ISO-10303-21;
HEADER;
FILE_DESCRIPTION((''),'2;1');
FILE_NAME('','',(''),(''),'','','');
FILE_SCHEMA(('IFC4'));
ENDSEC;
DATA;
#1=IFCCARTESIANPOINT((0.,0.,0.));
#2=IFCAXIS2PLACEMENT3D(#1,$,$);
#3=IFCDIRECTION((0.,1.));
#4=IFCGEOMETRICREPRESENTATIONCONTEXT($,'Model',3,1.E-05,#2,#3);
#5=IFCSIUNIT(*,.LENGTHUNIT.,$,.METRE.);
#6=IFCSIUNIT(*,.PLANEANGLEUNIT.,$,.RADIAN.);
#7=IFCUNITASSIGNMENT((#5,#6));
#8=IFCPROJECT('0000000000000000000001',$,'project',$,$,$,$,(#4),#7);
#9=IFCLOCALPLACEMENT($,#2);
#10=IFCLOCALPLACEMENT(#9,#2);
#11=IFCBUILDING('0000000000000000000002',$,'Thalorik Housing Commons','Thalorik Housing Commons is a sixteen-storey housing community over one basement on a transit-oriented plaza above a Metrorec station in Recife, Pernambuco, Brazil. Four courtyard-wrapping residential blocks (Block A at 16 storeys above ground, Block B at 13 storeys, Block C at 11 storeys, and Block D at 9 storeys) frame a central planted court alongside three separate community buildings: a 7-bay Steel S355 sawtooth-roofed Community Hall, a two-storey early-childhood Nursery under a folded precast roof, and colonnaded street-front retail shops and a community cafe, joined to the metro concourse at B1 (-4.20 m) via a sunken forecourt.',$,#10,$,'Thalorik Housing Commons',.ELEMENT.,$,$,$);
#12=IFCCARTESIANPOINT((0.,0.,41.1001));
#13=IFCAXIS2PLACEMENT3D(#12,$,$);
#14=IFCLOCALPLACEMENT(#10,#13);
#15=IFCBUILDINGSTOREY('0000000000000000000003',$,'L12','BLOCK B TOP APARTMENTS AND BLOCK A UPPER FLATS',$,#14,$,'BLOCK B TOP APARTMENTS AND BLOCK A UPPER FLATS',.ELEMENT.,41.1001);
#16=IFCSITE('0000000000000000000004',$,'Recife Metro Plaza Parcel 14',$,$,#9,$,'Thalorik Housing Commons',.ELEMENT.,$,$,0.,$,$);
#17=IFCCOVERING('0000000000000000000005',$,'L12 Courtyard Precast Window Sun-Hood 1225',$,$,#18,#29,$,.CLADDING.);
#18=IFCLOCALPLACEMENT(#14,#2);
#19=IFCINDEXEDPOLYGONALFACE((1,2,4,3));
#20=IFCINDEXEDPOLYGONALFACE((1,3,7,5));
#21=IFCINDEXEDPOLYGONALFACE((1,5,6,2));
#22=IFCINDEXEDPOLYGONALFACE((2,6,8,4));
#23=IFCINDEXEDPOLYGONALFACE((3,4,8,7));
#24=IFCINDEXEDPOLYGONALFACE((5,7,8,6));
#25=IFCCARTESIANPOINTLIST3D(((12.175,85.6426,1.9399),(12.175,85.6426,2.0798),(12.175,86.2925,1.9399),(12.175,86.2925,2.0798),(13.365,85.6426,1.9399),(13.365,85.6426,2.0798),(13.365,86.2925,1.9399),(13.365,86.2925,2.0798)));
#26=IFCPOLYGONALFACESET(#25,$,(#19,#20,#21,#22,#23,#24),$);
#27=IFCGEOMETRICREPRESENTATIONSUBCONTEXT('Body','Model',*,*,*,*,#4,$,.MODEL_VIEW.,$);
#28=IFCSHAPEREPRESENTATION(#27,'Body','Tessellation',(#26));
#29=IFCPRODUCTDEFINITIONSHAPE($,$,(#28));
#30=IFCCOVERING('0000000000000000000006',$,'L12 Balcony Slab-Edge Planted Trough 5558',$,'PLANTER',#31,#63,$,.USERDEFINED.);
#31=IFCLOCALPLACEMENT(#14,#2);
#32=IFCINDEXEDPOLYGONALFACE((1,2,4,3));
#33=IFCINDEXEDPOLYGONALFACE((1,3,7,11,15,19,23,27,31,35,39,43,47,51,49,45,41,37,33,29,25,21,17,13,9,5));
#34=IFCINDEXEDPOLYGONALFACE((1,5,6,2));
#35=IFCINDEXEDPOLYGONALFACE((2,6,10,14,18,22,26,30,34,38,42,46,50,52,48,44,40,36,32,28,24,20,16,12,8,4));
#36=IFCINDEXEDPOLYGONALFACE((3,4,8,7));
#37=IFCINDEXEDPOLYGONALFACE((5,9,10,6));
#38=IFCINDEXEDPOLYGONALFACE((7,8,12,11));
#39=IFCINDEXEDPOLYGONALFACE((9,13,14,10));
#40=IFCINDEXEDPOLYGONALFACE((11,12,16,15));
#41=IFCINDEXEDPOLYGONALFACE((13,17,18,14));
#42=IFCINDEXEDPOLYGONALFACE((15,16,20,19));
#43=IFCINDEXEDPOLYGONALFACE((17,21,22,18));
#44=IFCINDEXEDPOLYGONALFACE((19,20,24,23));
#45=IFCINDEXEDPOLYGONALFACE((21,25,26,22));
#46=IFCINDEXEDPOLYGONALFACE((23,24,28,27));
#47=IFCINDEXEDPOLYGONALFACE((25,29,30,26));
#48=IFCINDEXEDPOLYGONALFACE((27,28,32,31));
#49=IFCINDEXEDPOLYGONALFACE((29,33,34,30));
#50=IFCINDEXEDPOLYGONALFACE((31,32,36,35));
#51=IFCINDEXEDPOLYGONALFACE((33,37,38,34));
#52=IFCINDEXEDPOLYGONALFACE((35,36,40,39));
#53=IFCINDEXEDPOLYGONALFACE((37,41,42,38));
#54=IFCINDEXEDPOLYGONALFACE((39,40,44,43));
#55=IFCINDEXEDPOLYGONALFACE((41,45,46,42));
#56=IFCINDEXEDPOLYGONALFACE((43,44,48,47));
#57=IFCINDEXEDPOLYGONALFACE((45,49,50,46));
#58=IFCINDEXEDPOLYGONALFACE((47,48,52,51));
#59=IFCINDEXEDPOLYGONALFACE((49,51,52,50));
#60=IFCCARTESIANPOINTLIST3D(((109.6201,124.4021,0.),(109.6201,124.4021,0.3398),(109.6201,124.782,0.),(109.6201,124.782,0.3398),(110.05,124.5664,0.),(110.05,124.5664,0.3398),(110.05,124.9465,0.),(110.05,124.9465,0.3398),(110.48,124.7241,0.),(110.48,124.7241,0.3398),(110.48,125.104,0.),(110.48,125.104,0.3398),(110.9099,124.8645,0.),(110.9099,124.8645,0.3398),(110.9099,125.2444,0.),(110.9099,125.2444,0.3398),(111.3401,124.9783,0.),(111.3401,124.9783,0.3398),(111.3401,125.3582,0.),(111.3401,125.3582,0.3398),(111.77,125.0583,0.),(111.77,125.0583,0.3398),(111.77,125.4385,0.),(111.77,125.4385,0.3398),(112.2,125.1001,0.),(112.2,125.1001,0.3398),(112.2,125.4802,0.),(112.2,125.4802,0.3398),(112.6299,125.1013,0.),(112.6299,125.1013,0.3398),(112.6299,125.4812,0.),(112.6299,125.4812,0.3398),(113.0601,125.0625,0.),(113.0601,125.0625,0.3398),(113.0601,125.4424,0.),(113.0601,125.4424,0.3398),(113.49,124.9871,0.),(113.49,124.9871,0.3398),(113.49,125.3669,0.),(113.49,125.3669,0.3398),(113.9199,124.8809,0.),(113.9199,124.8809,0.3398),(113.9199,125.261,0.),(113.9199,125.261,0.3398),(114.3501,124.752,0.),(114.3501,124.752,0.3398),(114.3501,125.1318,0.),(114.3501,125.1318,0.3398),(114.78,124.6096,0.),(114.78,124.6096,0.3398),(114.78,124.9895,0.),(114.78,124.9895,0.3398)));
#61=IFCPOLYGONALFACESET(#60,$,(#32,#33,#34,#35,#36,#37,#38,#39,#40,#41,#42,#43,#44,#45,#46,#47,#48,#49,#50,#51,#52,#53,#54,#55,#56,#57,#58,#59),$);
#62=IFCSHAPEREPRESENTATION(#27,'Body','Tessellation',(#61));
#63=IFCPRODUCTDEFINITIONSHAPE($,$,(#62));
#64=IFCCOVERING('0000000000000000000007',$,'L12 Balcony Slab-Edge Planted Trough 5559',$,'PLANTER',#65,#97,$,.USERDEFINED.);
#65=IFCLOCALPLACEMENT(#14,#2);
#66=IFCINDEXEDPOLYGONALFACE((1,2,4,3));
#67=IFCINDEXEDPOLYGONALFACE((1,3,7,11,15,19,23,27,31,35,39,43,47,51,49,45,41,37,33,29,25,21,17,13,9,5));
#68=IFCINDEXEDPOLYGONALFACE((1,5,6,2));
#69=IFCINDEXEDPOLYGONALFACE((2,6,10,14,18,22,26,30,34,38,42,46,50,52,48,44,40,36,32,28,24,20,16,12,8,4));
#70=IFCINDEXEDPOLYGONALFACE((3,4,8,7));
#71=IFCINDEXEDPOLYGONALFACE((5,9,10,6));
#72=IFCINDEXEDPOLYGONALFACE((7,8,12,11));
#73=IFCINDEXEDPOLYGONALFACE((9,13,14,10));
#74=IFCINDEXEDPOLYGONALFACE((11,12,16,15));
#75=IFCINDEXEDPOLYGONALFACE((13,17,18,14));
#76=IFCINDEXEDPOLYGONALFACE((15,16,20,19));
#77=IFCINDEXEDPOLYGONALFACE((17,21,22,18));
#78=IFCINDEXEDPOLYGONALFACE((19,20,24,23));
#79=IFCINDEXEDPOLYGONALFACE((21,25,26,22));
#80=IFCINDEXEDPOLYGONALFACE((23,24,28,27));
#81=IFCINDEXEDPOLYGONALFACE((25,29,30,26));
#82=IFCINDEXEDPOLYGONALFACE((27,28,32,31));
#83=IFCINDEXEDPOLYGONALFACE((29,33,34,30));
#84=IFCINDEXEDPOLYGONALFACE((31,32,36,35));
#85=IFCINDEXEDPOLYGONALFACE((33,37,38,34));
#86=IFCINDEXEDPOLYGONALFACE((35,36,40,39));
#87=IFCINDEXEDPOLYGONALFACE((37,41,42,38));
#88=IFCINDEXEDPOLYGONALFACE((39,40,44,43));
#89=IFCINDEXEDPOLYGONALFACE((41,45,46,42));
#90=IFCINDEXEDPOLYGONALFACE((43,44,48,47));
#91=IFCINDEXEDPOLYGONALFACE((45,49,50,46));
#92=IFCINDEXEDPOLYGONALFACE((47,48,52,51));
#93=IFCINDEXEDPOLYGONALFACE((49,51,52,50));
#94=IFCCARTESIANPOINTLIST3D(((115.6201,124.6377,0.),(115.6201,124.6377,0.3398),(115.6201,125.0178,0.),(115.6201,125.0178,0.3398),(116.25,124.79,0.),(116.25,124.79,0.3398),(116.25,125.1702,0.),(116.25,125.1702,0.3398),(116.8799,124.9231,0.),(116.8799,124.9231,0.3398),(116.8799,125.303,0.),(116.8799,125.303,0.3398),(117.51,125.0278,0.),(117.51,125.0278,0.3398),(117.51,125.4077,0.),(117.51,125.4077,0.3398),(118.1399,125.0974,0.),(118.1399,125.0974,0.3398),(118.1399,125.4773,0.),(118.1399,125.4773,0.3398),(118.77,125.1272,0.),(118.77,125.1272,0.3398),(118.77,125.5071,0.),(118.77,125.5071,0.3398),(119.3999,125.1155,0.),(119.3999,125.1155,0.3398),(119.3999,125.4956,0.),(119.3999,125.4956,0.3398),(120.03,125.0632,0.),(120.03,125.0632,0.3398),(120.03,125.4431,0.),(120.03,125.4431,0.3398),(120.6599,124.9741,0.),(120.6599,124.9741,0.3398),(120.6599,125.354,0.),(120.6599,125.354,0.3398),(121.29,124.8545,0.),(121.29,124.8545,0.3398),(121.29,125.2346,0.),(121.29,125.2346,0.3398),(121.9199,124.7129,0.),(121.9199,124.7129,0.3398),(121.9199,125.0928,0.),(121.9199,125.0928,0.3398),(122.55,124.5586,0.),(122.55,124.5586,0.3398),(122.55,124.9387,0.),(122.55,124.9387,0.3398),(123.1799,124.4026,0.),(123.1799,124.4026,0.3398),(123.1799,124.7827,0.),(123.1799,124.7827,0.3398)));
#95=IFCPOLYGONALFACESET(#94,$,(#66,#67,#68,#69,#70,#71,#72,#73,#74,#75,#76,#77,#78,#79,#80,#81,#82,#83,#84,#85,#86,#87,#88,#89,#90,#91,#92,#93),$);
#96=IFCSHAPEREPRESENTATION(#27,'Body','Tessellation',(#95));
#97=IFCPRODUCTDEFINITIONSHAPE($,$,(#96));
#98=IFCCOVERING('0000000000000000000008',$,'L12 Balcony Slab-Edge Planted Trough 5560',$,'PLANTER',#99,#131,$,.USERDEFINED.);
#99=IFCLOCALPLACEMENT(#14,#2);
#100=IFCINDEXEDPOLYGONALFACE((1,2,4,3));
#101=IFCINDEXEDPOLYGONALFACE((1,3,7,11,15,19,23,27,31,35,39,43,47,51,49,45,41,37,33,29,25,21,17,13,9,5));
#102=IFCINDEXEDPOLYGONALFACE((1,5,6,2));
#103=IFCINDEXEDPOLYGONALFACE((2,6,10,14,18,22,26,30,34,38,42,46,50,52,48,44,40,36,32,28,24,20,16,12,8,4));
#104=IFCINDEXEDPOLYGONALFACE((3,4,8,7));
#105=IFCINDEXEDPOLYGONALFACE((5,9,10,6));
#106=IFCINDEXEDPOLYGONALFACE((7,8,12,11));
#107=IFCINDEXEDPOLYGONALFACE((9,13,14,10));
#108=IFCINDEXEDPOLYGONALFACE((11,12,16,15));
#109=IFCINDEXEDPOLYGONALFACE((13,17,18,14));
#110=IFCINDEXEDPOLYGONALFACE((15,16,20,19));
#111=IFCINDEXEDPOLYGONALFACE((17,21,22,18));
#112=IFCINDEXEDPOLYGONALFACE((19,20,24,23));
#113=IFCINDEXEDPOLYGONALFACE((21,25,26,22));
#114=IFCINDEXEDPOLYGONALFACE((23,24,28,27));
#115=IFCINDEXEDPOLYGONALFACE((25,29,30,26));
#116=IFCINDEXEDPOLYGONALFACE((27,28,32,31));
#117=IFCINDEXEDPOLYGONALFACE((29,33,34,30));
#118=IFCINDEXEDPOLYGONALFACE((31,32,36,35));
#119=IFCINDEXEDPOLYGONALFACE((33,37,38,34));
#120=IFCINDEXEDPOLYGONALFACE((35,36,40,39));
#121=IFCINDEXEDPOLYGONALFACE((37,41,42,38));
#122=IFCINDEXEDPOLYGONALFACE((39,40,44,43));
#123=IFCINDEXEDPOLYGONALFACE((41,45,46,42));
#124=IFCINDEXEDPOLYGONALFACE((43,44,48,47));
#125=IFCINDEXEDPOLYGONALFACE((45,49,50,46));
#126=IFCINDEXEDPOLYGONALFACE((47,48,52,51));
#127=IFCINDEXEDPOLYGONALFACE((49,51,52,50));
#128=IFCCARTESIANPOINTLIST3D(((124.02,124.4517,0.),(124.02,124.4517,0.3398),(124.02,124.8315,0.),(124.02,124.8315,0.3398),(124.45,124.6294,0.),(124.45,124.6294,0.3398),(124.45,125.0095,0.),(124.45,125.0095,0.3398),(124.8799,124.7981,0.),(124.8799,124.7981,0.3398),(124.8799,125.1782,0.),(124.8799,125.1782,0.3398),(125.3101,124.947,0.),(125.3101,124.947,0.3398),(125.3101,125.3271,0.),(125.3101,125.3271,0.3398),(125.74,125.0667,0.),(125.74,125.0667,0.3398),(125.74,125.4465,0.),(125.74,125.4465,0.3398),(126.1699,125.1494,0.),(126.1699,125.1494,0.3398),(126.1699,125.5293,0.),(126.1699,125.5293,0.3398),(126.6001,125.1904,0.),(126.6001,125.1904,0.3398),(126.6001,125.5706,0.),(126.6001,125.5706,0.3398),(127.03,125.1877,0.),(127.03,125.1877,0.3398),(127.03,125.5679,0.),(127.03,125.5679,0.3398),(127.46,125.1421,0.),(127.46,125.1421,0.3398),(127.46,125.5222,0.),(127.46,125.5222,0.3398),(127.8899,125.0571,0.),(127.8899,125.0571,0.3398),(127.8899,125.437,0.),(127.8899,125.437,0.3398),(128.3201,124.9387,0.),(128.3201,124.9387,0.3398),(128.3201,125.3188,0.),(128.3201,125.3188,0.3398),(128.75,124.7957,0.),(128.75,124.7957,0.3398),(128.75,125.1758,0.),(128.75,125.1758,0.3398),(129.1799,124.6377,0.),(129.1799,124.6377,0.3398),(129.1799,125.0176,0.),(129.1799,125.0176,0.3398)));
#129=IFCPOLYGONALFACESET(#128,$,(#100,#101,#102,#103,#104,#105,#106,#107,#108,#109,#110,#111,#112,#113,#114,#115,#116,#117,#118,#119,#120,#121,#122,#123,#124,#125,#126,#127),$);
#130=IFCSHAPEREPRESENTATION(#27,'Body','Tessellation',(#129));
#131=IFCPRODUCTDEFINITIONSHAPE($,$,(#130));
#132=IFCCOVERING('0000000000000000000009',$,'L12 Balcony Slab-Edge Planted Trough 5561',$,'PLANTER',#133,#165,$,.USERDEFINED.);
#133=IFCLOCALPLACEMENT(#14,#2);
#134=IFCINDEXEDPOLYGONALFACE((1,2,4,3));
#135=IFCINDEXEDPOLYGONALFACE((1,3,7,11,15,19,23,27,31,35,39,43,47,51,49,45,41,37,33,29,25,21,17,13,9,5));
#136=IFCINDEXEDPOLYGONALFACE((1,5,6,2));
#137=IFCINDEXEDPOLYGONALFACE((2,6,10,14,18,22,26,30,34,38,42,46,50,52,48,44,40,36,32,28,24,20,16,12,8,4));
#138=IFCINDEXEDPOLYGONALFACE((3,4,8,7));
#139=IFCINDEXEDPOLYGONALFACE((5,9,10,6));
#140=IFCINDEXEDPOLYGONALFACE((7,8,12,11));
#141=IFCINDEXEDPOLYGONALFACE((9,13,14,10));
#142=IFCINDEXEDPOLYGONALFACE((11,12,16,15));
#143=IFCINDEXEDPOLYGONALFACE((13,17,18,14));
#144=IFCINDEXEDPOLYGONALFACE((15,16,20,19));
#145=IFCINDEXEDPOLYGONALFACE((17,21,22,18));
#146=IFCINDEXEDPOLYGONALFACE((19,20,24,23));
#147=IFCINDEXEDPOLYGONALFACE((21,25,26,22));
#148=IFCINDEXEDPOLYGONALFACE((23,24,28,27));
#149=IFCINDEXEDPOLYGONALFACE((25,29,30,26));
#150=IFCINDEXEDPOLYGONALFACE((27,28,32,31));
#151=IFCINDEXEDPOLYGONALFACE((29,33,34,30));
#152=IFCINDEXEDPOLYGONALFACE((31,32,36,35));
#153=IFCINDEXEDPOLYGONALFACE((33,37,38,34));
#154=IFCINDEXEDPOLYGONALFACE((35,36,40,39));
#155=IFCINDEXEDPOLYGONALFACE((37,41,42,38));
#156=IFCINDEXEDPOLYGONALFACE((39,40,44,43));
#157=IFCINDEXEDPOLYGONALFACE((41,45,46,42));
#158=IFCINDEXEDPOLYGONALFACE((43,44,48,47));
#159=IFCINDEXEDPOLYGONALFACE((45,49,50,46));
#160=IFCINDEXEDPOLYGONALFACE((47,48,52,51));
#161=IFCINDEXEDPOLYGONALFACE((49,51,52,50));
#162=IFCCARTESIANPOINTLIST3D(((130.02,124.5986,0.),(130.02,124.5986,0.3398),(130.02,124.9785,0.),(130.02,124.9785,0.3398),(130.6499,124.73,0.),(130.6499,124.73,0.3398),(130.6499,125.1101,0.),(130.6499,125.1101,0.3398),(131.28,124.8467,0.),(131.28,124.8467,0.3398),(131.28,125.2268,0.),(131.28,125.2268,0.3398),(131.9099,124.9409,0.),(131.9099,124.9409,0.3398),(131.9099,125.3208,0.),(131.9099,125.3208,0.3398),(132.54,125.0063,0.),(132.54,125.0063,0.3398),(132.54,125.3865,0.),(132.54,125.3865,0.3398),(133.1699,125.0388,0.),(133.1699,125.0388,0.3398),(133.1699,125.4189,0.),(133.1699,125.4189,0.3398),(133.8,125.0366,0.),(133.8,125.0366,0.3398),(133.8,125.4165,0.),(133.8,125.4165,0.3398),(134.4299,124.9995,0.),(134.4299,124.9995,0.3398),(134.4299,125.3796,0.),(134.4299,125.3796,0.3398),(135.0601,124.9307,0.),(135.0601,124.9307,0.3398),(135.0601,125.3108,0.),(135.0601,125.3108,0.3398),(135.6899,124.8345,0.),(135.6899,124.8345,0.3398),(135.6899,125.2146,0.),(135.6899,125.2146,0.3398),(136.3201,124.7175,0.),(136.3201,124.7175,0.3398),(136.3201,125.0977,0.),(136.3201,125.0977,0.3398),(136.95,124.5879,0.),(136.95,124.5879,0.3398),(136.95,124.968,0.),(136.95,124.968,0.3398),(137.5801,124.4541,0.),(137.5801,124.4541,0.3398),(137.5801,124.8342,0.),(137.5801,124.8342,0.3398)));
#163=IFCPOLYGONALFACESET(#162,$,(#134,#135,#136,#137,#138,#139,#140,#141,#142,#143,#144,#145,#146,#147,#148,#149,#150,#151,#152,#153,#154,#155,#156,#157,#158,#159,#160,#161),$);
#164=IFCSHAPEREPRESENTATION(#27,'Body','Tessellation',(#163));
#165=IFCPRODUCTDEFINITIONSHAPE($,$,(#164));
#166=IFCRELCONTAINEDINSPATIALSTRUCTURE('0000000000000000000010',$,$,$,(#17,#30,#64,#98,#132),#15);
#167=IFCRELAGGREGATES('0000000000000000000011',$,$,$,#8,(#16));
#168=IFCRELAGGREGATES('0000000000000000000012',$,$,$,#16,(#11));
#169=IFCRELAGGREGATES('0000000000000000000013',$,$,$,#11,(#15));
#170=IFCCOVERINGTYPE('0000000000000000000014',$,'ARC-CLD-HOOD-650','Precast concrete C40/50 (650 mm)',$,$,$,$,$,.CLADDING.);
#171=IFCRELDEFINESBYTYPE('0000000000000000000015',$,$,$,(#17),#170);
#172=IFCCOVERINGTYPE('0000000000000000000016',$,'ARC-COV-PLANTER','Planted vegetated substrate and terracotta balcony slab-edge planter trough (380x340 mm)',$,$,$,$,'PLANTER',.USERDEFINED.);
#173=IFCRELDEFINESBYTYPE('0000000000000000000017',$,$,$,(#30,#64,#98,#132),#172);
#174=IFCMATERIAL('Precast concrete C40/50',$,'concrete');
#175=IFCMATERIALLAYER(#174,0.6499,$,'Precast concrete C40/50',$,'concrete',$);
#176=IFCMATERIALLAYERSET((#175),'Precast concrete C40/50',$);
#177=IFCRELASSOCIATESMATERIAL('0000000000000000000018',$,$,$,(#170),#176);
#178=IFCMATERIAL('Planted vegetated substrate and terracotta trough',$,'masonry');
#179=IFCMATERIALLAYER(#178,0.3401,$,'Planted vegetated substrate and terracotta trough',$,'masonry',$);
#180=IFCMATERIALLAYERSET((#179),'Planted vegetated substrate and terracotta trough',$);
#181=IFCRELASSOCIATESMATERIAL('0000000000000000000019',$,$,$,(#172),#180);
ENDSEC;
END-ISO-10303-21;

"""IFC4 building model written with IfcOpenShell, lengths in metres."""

from ifc_helpers import new_model, si_unit, direction, frame, origin, origin_2d, place, context, subcontext, project, spatial, polyline, rectangle, outline, extrude, material, layer, layer_set, type_object, element, save


model = new_model("IFC4")

# Units and contexts
model_context = context("Model", 3, precision=1e-05, world=origin(), true_north=direction((0.0, 1.0)))
body_context = subcontext(model_context, "Body", "Model", "MODEL_VIEW")
ifc_project = project(units=[si_unit("LENGTHUNIT", "METRE"), si_unit("PLANEANGLEUNIT", "RADIAN")], contexts=[model_context])

# Site, building, storey
site_placement = place(None, origin())
site = spatial("IfcSite", under=ifc_project, at=site_placement, Name="Recife Metro Plaza Parcel 14", LongName="Thalorik Housing Commons", CompositionType="ELEMENT", RefElevation=0.0)
building_placement = place(site_placement, origin())
building = spatial("IfcBuilding", under=site, at=building_placement, Name="Thalorik Housing Commons", Description="Thalorik Housing Commons is a sixteen-storey housing community over one basement on a transit-oriented plaza above a Metrorec station in Recife, Pernambuco, Brazil. Four courtyard-wrapping residential blocks (Block A at 16 storeys above ground, Block B at 13 storeys, Block C at 11 storeys, and Block D at 9 storeys) frame a central planted court alongside three separate community buildings: a 7-bay Steel S355 sawtooth-roofed Community Hall, a two-storey early-childhood Nursery under a folded precast roof, and colonnaded street-front retail shops and a community cafe, joined to the metro concourse at B1 (-4.20 m) via a sunken forecourt.", LongName="Thalorik Housing Commons", CompositionType="ELEMENT")
storey_placement = place(building_placement, frame((0.0, 0.0, 41.1001)))
storey = spatial("IfcBuildingStorey", under=building, at=storey_placement, Name="L12", Description="BLOCK B TOP APARTMENTS AND BLOCK A UPPER FLATS", LongName="BLOCK B TOP APARTMENTS AND BLOCK A UPPER FLATS", CompositionType="ELEMENT", Elevation=41.1001)

# Shared definitions
ifc_material_1 = material(Name="Precast concrete C40/50", Category="concrete")

# Coverings
ifc_layer_1 = layer(ifc_material_1, 0.6499, Name="Precast concrete C40/50", Category="concrete")
ifc_layer_set_1 = layer_set([ifc_layer_1], Name="Precast concrete C40/50")
covering_type_1 = type_object("IfcCoveringType", Name="ARC-CLD-HOOD-650", Description="Precast concrete C40/50 (650 mm)", PredefinedType="CLADDING", material=ifc_layer_set_1)
covering_1_placement = place(storey_placement, frame((12.77, 85.9675, 1.9399), z_axis=(0.0, 0.0, 1.0), x_axis=(1.0, 0.0, 0.0)))
element("IfcCovering", 1, at=covering_1_placement, inside=storey, type_object=covering_type_1, Name="L12 Courtyard Precast Window Sun-Hood 1225", PredefinedType="CLADDING", context=body_context, shape_type="SweptSolid", body=[
    extrude(rectangle(XDim=1.1899, YDim=0.6499, at=origin_2d()), origin(), (0.0, 0.0, 1.0), 0.1399),
])
ifc_material_2 = material(Name="Planted vegetated substrate and terracotta trough", Category="masonry")
ifc_layer_2 = layer(ifc_material_2, 0.3401, Name="Planted vegetated substrate and terracotta trough", Category="masonry")
ifc_layer_set_2 = layer_set([ifc_layer_2], Name="Planted vegetated substrate and terracotta trough")
covering_type_2 = type_object("IfcCoveringType", Name="ARC-COV-PLANTER", Description="Planted vegetated substrate and terracotta balcony slab-edge planter trough (380x340 mm)", ElementType="PLANTER", PredefinedType="USERDEFINED", material=ifc_layer_set_2)
covering_2_placement = place(storey_placement, origin())
element("IfcCovering", 2, at=covering_2_placement, inside=storey, type_object=covering_type_2, Name="L12 Balcony Slab-Edge Planted Trough 5558", ObjectType="PLANTER", PredefinedType="USERDEFINED", context=body_context, shape_type="SweptSolid", body=[
    extrude(outline(polyline([(114.78, 124.9895), (114.3501, 125.1318), (113.9199, 125.261), (113.49, 125.3669), (113.0601, 125.4424), (112.6299, 125.4812), (112.2, 125.4802), (111.77, 125.4385), (111.3401, 125.3582), (110.9099, 125.2444), (110.48, 125.104), (110.05, 124.9465), (109.6201, 124.782), (109.6201, 124.4021), (110.05, 124.5664), (110.48, 124.7241), (110.9099, 124.8645), (111.3401, 124.9783), (111.77, 125.0583), (112.2, 125.1001), (112.6299, 125.1013), (113.0601, 125.0625), (113.49, 124.9871), (113.9199, 124.8809), (114.3501, 124.752), (114.78, 124.6096), (114.78, 124.9895)])), origin(), (0.0, 0.0, 1.0), 0.3398),
])
covering_3_placement = place(storey_placement, origin())
element("IfcCovering", 3, at=covering_3_placement, inside=storey, type_object=covering_type_2, Name="L12 Balcony Slab-Edge Planted Trough 5559", ObjectType="PLANTER", PredefinedType="USERDEFINED", context=body_context, shape_type="SweptSolid", body=[
    extrude(outline(polyline([(123.1799, 124.7827), (122.55, 124.9387), (121.9199, 125.0928), (121.29, 125.2346), (120.6599, 125.354), (120.03, 125.4431), (119.3999, 125.4956), (118.77, 125.5071), (118.1399, 125.4773), (117.51, 125.4077), (116.8799, 125.303), (116.25, 125.1702), (115.6201, 125.0178), (115.6201, 124.6377), (116.25, 124.79), (116.8799, 124.9231), (117.51, 125.0278), (118.1399, 125.0974), (118.77, 125.1272), (119.3999, 125.1155), (120.03, 125.0632), (120.6599, 124.9741), (121.29, 124.8545), (121.9199, 124.7129), (122.55, 124.5586), (123.1799, 124.4026), (123.1799, 124.7827)])), origin(), (0.0, 0.0, 1.0), 0.3398),
])
covering_4_placement = place(storey_placement, origin())
element("IfcCovering", 4, at=covering_4_placement, inside=storey, type_object=covering_type_2, Name="L12 Balcony Slab-Edge Planted Trough 5560", ObjectType="PLANTER", PredefinedType="USERDEFINED", context=body_context, shape_type="SweptSolid", body=[
    extrude(outline(polyline([(129.1799, 125.0176), (128.75, 125.1758), (128.3201, 125.3188), (127.8899, 125.437), (127.46, 125.5222), (127.03, 125.5679), (126.6001, 125.5706), (126.1699, 125.5293), (125.74, 125.4465), (125.3101, 125.3271), (124.8799, 125.1782), (124.45, 125.0095), (124.02, 124.8315), (124.02, 124.4517), (124.45, 124.6294), (124.8799, 124.7981), (125.3101, 124.947), (125.74, 125.0667), (126.1699, 125.1494), (126.6001, 125.1904), (127.03, 125.1877), (127.46, 125.1421), (127.8899, 125.0571), (128.3201, 124.9387), (128.75, 124.7957), (129.1799, 124.6377), (129.1799, 125.0176)])), origin(), (0.0, 0.0, 1.0), 0.3398),
])
covering_5_placement = place(storey_placement, origin())
element("IfcCovering", 5, at=covering_5_placement, inside=storey, type_object=covering_type_2, Name="L12 Balcony Slab-Edge Planted Trough 5561", ObjectType="PLANTER", PredefinedType="USERDEFINED", context=body_context, shape_type="SweptSolid", body=[
    extrude(outline(polyline([(137.5801, 124.8342), (136.95, 124.968), (136.3201, 125.0977), (135.6899, 125.2146), (135.0601, 125.3108), (134.4299, 125.3796), (133.8, 125.4165), (133.1699, 125.4189), (132.54, 125.3865), (131.9099, 125.3208), (131.28, 125.2268), (130.6499, 125.1101), (130.02, 124.9785), (130.02, 124.5986), (130.6499, 124.73), (131.28, 124.8467), (131.9099, 124.9409), (132.54, 125.0063), (133.1699, 125.0388), (133.8, 125.0366), (134.4299, 124.9995), (135.0601, 124.9307), (135.6899, 124.8345), (136.3201, 124.7175), (136.95, 124.5879), (137.5801, 124.4541), (137.5801, 124.8342)])), origin(), (0.0, 0.0, 1.0), 0.3398),
])

save(model, "model.ifc")
